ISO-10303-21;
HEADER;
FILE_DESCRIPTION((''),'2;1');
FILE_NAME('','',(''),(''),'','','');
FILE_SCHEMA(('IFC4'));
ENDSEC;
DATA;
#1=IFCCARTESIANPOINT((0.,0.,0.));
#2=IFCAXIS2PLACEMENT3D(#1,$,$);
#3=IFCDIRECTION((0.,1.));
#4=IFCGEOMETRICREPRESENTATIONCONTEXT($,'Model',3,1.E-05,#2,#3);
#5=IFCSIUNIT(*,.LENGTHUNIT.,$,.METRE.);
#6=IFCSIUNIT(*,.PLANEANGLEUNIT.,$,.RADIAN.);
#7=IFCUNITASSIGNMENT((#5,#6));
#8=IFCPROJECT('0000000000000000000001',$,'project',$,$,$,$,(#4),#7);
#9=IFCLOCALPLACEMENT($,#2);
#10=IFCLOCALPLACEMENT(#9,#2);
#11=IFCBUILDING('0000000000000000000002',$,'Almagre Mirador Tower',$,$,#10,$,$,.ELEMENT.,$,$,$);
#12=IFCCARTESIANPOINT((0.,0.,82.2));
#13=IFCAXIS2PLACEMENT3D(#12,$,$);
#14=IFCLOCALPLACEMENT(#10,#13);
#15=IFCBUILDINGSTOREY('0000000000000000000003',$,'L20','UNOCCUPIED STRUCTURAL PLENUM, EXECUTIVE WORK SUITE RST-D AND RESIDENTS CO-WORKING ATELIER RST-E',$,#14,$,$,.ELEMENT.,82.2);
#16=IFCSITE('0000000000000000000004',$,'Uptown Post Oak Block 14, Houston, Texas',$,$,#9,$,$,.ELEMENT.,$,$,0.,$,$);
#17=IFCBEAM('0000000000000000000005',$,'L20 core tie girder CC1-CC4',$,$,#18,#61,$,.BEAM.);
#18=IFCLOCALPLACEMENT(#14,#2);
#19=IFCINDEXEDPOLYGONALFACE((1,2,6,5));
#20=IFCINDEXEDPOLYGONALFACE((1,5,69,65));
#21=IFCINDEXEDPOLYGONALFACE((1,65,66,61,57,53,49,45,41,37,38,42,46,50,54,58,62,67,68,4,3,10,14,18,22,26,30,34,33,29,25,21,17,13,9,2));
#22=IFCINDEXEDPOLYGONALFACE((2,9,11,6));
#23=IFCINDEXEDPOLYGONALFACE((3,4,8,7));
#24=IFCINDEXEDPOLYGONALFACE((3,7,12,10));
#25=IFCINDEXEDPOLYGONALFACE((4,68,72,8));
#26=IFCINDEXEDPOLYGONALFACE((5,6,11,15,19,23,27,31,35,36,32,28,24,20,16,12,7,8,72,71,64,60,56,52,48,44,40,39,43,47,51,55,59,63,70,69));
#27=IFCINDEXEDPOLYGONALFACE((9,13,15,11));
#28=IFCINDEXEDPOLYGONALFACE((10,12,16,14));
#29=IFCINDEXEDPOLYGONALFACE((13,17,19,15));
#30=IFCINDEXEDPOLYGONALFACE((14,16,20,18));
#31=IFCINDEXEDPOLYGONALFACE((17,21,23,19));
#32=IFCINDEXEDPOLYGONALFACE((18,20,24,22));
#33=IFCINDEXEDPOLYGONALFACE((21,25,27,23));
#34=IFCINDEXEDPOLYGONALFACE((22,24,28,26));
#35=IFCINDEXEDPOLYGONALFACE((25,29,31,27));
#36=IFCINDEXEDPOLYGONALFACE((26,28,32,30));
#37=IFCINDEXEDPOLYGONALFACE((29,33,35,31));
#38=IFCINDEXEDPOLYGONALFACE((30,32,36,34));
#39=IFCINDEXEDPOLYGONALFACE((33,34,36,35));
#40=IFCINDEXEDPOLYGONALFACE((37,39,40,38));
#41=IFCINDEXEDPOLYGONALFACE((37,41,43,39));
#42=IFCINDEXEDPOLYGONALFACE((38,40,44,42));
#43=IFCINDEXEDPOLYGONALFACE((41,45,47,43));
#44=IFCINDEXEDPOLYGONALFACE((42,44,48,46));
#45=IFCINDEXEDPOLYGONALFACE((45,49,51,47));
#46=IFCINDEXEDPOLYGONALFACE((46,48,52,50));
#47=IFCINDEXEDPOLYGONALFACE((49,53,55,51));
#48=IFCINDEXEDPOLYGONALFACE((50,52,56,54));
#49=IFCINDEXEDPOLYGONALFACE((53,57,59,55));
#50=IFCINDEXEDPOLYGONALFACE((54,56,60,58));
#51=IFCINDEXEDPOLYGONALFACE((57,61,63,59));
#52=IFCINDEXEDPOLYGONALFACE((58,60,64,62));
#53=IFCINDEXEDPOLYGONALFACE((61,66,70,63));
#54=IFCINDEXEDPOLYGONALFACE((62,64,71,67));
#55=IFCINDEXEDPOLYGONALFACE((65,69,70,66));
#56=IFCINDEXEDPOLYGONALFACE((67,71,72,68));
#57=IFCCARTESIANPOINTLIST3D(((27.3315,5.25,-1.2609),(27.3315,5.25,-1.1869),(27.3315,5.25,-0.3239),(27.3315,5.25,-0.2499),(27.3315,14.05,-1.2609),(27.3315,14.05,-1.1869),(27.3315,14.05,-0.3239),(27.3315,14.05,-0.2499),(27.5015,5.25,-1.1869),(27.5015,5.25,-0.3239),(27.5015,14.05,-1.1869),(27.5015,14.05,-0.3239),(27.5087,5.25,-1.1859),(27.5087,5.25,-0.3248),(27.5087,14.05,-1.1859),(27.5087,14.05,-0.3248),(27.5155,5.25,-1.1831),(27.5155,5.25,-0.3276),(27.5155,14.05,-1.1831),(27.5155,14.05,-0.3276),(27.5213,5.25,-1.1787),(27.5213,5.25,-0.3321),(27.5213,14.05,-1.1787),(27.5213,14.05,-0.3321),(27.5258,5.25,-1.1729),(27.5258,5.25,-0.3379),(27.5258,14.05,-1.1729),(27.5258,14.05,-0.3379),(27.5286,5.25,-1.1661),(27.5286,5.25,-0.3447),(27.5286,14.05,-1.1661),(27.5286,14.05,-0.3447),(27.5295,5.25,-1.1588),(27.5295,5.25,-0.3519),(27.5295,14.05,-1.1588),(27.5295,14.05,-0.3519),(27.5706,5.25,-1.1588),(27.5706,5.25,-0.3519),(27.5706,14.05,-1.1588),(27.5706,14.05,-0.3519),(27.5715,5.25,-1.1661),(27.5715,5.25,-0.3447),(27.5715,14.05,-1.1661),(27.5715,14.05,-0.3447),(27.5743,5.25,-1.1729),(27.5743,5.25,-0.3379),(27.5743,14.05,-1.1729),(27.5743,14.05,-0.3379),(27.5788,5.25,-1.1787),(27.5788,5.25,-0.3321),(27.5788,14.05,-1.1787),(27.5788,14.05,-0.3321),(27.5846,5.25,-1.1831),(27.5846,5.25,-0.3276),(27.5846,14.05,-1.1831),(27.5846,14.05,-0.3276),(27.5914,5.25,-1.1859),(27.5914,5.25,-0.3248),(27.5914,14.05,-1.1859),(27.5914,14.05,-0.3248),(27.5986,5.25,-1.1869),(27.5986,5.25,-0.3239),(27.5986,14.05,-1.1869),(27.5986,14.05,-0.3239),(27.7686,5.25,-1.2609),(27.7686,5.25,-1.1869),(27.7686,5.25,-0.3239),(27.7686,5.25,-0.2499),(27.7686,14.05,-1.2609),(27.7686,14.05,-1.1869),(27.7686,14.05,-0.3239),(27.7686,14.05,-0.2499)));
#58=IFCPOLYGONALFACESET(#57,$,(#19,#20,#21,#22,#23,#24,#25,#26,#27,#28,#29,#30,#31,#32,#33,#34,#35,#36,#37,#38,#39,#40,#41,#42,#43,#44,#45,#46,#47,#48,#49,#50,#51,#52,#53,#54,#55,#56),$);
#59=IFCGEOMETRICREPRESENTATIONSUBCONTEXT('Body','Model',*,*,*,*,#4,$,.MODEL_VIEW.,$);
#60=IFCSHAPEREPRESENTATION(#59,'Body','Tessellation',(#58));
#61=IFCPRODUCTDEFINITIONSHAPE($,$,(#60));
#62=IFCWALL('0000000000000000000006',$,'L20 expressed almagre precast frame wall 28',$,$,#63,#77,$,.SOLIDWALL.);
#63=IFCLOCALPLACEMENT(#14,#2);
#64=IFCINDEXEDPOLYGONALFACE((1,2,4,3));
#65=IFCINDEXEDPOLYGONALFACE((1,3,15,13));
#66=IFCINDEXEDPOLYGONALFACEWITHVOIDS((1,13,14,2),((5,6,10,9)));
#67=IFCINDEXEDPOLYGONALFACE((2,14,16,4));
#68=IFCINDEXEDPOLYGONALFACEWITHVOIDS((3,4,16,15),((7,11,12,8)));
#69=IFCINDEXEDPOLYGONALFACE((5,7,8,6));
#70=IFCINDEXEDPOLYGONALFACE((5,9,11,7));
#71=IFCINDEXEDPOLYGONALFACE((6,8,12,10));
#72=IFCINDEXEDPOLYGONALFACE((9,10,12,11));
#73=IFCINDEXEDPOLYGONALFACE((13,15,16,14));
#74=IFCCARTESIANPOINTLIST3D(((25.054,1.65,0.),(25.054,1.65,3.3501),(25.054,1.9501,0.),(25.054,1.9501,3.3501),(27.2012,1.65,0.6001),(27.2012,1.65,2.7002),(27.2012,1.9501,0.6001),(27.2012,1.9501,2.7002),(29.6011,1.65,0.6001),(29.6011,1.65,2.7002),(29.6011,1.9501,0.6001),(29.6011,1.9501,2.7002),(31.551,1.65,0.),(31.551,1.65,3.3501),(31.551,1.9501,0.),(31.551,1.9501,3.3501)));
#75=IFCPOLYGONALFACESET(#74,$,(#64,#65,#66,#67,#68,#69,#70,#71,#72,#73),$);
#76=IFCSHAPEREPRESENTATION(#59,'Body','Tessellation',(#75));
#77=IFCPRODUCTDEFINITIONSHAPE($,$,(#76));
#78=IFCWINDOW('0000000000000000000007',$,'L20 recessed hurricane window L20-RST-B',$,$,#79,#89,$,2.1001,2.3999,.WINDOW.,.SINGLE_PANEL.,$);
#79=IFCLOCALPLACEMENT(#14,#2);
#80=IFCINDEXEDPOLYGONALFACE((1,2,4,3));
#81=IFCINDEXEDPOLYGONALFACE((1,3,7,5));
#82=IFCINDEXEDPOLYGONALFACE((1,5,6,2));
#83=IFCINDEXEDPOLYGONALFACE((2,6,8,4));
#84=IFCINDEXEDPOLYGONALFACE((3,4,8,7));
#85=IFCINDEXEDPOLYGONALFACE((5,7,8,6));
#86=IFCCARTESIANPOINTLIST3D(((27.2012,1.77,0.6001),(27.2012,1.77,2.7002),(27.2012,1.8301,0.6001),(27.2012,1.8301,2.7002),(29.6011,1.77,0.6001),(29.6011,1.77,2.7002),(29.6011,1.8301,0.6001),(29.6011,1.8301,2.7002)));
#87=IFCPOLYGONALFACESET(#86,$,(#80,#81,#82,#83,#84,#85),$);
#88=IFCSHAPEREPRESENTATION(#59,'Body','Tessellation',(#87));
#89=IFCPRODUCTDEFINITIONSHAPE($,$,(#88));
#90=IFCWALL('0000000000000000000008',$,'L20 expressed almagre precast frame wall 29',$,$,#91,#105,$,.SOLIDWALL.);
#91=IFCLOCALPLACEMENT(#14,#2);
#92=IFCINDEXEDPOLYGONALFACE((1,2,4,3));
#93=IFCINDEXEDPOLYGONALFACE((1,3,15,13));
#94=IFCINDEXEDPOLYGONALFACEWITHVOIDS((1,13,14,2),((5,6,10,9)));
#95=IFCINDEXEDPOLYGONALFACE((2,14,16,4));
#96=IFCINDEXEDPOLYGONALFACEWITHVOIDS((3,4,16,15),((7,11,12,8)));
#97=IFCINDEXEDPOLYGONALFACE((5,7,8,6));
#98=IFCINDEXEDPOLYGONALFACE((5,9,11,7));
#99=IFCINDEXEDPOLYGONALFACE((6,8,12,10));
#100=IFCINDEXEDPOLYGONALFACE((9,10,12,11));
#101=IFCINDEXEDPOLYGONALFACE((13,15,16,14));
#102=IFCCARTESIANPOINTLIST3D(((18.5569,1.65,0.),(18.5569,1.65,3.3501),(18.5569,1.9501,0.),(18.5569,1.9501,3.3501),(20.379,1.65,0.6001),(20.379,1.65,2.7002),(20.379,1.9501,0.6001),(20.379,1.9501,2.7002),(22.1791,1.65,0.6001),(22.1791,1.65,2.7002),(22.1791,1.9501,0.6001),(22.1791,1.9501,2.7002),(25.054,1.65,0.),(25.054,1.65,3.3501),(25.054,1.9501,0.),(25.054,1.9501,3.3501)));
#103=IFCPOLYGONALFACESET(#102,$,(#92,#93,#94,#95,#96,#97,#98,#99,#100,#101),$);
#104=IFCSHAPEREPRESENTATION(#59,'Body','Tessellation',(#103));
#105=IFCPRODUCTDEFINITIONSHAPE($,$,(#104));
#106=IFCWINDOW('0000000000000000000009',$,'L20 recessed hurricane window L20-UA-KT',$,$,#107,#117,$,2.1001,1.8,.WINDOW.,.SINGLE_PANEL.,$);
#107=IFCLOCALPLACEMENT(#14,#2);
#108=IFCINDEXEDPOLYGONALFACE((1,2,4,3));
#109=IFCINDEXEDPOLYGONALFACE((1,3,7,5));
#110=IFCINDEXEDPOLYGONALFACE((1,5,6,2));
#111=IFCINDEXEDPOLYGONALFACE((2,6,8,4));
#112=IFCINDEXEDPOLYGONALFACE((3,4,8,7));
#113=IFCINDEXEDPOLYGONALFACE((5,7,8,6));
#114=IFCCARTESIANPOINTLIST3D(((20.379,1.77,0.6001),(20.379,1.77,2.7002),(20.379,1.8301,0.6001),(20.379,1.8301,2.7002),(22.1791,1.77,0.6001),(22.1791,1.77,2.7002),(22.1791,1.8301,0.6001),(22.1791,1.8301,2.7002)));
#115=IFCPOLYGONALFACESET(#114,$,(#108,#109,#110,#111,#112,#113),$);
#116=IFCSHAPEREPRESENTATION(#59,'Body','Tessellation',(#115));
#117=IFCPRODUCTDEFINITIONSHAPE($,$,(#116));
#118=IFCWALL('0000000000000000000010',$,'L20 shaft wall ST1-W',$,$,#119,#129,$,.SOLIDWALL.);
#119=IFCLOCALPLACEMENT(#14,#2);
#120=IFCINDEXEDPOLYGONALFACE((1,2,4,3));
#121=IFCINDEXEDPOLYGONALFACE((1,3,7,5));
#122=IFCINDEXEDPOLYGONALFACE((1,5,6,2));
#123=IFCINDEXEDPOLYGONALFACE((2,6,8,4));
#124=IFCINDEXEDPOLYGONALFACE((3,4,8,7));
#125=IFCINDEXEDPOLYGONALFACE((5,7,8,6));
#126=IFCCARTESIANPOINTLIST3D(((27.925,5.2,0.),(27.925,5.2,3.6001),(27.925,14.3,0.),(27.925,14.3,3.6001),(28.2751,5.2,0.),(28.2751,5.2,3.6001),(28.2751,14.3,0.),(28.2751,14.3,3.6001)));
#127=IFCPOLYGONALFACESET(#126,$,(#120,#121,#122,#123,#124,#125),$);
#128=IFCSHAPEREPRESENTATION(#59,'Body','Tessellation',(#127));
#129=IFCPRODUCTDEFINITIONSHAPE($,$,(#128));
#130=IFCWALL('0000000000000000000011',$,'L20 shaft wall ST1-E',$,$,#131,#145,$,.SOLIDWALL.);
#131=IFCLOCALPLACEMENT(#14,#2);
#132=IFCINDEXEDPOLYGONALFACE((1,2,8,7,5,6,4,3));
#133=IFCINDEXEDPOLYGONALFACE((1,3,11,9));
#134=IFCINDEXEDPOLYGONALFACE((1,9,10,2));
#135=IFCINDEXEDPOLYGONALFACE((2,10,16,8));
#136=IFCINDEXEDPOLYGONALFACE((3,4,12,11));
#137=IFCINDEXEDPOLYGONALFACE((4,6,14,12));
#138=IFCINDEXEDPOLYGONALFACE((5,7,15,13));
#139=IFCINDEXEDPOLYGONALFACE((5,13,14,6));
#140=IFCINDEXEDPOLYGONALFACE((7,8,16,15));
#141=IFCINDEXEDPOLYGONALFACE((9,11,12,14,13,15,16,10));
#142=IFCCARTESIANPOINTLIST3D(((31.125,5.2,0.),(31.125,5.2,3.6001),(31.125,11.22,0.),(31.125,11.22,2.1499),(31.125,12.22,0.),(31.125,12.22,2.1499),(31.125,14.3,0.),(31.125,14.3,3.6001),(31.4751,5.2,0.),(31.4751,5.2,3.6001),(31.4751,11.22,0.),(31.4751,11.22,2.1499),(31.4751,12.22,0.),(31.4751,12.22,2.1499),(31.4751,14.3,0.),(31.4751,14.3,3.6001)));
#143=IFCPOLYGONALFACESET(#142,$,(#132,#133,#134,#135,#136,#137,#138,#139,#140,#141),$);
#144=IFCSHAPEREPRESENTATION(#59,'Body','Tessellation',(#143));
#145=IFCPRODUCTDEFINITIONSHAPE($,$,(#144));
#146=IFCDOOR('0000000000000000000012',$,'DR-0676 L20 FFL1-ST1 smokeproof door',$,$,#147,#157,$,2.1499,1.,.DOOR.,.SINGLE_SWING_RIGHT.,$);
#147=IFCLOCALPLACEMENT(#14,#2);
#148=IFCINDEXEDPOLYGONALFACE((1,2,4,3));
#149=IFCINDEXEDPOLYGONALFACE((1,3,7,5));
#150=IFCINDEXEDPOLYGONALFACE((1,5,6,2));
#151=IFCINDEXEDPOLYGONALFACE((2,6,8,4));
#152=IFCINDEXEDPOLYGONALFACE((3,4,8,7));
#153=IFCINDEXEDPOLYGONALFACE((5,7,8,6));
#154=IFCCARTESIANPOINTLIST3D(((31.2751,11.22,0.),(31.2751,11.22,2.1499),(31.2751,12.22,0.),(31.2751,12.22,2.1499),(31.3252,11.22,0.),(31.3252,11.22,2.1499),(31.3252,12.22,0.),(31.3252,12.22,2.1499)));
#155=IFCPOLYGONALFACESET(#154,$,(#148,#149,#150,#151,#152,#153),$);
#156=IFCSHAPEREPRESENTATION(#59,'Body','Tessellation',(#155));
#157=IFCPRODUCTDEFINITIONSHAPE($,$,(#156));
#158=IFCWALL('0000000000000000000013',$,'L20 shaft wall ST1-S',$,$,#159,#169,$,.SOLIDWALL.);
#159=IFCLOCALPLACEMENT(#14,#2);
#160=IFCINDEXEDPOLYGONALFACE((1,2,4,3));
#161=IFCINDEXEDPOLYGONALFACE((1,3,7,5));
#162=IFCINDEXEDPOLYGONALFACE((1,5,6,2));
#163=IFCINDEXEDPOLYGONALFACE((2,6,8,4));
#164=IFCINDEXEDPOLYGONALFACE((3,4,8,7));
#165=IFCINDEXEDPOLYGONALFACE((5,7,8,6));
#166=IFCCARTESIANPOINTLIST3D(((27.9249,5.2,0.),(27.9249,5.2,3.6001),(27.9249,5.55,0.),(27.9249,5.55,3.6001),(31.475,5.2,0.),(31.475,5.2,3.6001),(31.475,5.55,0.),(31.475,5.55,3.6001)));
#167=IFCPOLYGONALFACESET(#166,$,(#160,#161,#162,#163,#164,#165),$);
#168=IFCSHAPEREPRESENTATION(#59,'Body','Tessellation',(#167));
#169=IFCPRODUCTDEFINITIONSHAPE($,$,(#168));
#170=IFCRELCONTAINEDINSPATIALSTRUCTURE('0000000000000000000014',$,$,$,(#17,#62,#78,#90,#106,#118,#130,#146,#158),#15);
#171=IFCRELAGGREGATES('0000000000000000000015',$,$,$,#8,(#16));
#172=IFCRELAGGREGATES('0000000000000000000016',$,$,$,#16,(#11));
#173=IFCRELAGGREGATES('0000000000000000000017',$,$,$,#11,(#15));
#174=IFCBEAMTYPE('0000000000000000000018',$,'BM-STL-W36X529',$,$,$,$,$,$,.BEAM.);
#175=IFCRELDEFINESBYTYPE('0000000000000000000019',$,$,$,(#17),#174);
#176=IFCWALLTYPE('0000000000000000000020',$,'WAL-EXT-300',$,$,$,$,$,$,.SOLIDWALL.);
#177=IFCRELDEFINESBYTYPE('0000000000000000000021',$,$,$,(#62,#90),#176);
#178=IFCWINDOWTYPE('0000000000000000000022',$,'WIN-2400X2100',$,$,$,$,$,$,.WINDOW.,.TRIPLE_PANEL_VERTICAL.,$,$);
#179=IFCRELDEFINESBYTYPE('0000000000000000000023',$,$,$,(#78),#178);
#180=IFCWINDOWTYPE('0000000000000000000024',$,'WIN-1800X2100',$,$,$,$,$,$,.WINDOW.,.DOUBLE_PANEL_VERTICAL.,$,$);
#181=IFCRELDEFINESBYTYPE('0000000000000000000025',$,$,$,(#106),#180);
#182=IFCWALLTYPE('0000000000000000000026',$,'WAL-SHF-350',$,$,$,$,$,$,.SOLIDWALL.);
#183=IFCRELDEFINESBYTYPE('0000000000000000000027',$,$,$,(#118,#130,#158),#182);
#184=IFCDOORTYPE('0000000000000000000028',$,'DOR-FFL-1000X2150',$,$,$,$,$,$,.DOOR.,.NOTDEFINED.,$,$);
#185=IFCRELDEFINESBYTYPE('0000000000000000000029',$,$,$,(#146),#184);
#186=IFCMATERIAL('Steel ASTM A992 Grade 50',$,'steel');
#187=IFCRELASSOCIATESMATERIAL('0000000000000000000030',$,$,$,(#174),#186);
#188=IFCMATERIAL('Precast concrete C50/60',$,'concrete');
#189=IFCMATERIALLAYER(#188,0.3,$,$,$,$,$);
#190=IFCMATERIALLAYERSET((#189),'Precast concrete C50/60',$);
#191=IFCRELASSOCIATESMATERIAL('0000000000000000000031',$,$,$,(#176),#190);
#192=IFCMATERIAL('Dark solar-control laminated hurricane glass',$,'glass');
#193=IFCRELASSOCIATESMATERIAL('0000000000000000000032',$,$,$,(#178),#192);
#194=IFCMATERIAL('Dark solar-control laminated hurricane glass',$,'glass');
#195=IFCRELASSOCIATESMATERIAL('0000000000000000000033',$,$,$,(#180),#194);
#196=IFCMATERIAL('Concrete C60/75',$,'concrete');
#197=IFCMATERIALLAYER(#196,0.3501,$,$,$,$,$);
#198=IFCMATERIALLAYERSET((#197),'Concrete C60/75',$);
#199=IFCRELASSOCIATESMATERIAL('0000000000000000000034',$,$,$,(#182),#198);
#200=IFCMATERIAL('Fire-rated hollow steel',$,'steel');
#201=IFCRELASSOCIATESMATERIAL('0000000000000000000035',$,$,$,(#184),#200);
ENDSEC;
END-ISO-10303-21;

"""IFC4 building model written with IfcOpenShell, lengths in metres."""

from ifc_helpers import new_model, si_unit, direction, frame, frame_2d, origin, origin_2d, place, context, subcontext, project, spatial, rectangle, i_section, extrude, material, layer, layer_set, material_profile, profile_set, type_object, element, fill, save


model = new_model("IFC4")

# Units and contexts
model_context = context("Model", 3, precision=1e-05, world=origin(), true_north=direction((0.0, 1.0)))
body_context = subcontext(model_context, "Body", "Model", "MODEL_VIEW")
ifc_project = project(units=[si_unit("LENGTHUNIT", "METRE"), si_unit("PLANEANGLEUNIT", "RADIAN")], contexts=[model_context])

# Site, building, storey
site_placement = place(None, origin())
site = spatial("IfcSite", under=ifc_project, at=site_placement, Name="Uptown Post Oak Block 14, Houston, Texas", CompositionType="ELEMENT", RefElevation=0.0)
building_placement = place(site_placement, origin())
building = spatial("IfcBuilding", under=site, at=building_placement, Name="Almagre Mirador Tower", CompositionType="ELEMENT")
storey_placement = place(building_placement, frame((0.0, 0.0, 82.2)))
storey = spatial("IfcBuildingStorey", under=building, at=storey_placement, Name="L20", Description="UNOCCUPIED STRUCTURAL PLENUM, EXECUTIVE WORK SUITE RST-D AND RESIDENTS CO-WORKING ATELIER RST-E", CompositionType="ELEMENT", Elevation=82.2)

# Beam
ifc_material_1 = material(Name="Steel ASTM A992 Grade 50", Category="steel")
ifc_material_profile_1 = material_profile(ifc_material_1, i_section(OverallWidth=0.437, OverallDepth=1.011, WebThickness=0.041, FlangeThickness=0.074, FilletRadius=0.0281, at=origin_2d()), Name="W36X529")
ifc_profile_set_1 = profile_set([ifc_material_profile_1], Name="Steel ASTM A992 Grade 50")
beam_type_1 = type_object("IfcBeamType", Name="BM-STL-W36X529", PredefinedType="BEAM", material=ifc_profile_set_1)
beam_1_placement = place(storey_placement, frame((27.55, 5.25, -0.7554), z_axis=(0.0, 1.0, 0.0), x_axis=(-1.0, 0.0, 0.0)))
element("IfcBeam", 1, at=beam_1_placement, inside=storey, type_object=beam_type_1, Name="L20 core tie girder CC1-CC4", PredefinedType="BEAM", context=body_context, shape_type="SweptSolid", body=[
    extrude(i_section(OverallWidth=0.437, OverallDepth=1.011, WebThickness=0.041, FlangeThickness=0.074, FilletRadius=0.0281, at=origin_2d()), origin(), (0.0, 0.0, 1.0), 8.8),
])

# Walls, openings, windows
ifc_material_2 = material(Name="Precast concrete C50/60", Category="concrete")
ifc_layer_1 = layer(ifc_material_2, 0.3)
ifc_layer_set_1 = layer_set([ifc_layer_1], Name="Precast concrete C50/60")
wall_type_1 = type_object("IfcWallType", Name="WAL-EXT-300", PredefinedType="SOLIDWALL", material=ifc_layer_set_1)
wall_1_placement = place(storey_placement, frame((31.551, 1.8, 0.0), z_axis=(0.0, 0.0, 1.0), x_axis=(-1.0, 0.0, 0.0)))
wall_1 = element("IfcWall", 2, at=wall_1_placement, inside=storey, type_object=wall_type_1, Name="L20 expressed almagre precast frame wall 28", PredefinedType="SOLIDWALL", context=body_context, shape_type="SweptSolid", body=[
    extrude(rectangle(XDim=6.4971, YDim=0.3, at=frame_2d((3.2485, 0.0))), origin(), (0.0, 0.0, 1.0), 3.3501),
])
opening_1_placement = place(wall_1_placement, frame((1.95, 0.0, 0.6001)))
opening_1 = element("IfcOpeningElement", 3, at=opening_1_placement, cuts=wall_1, PredefinedType="OPENING", context=body_context, shape_type="SweptSolid", body=[
    extrude(rectangle(XDim=2.3999, YDim=2.1001, at=frame_2d((1.2, 1.05))), frame((0.0, 0.1599, 0.0), z_axis=(0.0, -1.0, 0.0), x_axis=(1.0, 0.0, 0.0)), (0.0, 0.0, 1.0), 0.32),
])
ifc_material_3 = material(Name="Dark solar-control laminated hurricane glass", Category="glass")
window_type_1 = type_object("IfcWindowType", Name="WIN-2400X2100", PartitioningType="TRIPLE_PANEL_VERTICAL", PredefinedType="WINDOW", material=ifc_material_3)
window_1_placement = place(opening_1_placement, origin())
window_1 = element("IfcWindow", 4, at=window_1_placement, inside=storey, type_object=window_type_1, Name="L20 recessed hurricane window L20-RST-B", OverallHeight=2.1001, OverallWidth=2.3999, PartitioningType="SINGLE_PANEL", PredefinedType="WINDOW", context=body_context, shape_type="SweptSolid", body=[
    extrude(rectangle(XDim=2.3999, YDim=2.1001, at=frame_2d((1.2, 1.05))), frame((0.0, 0.03, 0.0), z_axis=(0.0, -1.0, 0.0), x_axis=(1.0, 0.0, 0.0)), (0.0, 0.0, 1.0), 0.0601),
])
fill(opening_1, window_1)
wall_2_placement = place(storey_placement, frame((25.054, 1.8, 0.0), z_axis=(0.0, 0.0, 1.0), x_axis=(-1.0, 0.0, 0.0)))
wall_2 = element("IfcWall", 5, at=wall_2_placement, inside=storey, type_object=wall_type_1, Name="L20 expressed almagre precast frame wall 29", PredefinedType="SOLIDWALL", context=body_context, shape_type="SweptSolid", body=[
    extrude(rectangle(XDim=6.4971, YDim=0.3, at=frame_2d((3.2485, 0.0))), origin(), (0.0, 0.0, 1.0), 3.3501),
])
opening_2_placement = place(wall_2_placement, frame((2.875, 0.0, 0.6001)))
opening_2 = element("IfcOpeningElement", 6, at=opening_2_placement, cuts=wall_2, PredefinedType="OPENING", context=body_context, shape_type="SweptSolid", body=[
    extrude(rectangle(XDim=1.8, YDim=2.1001, at=frame_2d((0.8999, 1.05))), frame((0.0, 0.1599, 0.0), z_axis=(0.0, -1.0, 0.0), x_axis=(1.0, 0.0, 0.0)), (0.0, 0.0, 1.0), 0.32),
])
ifc_material_4 = material(Name="Dark solar-control laminated hurricane glass", Category="glass")
window_type_2 = type_object("IfcWindowType", Name="WIN-1800X2100", PartitioningType="DOUBLE_PANEL_VERTICAL", PredefinedType="WINDOW", material=ifc_material_4)
window_2_placement = place(opening_2_placement, origin())
window_2 = element("IfcWindow", 7, at=window_2_placement, inside=storey, type_object=window_type_2, Name="L20 recessed hurricane window L20-UA-KT", OverallHeight=2.1001, OverallWidth=1.8, PartitioningType="SINGLE_PANEL", PredefinedType="WINDOW", context=body_context, shape_type="SweptSolid", body=[
    extrude(rectangle(XDim=1.8, YDim=2.1001, at=frame_2d((0.8999, 1.05))), frame((0.0, 0.03, 0.0), z_axis=(0.0, -1.0, 0.0), x_axis=(1.0, 0.0, 0.0)), (0.0, 0.0, 1.0), 0.0601),
])
fill(opening_2, window_2)

# Wall
ifc_material_5 = material(Name="Concrete C60/75", Category="concrete")
ifc_layer_2 = layer(ifc_material_5, 0.3501)
ifc_layer_set_2 = layer_set([ifc_layer_2], Name="Concrete C60/75")
wall_type_2 = type_object("IfcWallType", Name="WAL-SHF-350", PredefinedType="SOLIDWALL", material=ifc_layer_set_2)
wall_3_placement = place(storey_placement, frame((28.1001, 5.2, 0.0), z_axis=(0.0, 0.0, 1.0), x_axis=(0.0, 1.0, 0.0)))
element("IfcWall", 8, at=wall_3_placement, inside=storey, type_object=wall_type_2, Name="L20 shaft wall ST1-W", PredefinedType="SOLIDWALL", context=body_context, shape_type="SweptSolid", body=[
    extrude(rectangle(XDim=9.1001, YDim=0.3501, at=frame_2d((4.55, 0.0))), origin(), (0.0, 0.0, 1.0), 3.6001),
])

# Wall, opening, door
wall_4_placement = place(storey_placement, frame((31.3, 5.2, 0.0), z_axis=(0.0, 0.0, 1.0), x_axis=(0.0, 1.0, 0.0)))
wall_4 = element("IfcWall", 9, at=wall_4_placement, inside=storey, type_object=wall_type_2, Name="L20 shaft wall ST1-E", PredefinedType="SOLIDWALL", context=body_context, shape_type="SweptSolid", body=[
    extrude(rectangle(XDim=9.1001, YDim=0.3501, at=frame_2d((4.55, 0.0))), origin(), (0.0, 0.0, 1.0), 3.6001),
])
opening_3_placement = place(wall_4_placement, frame((6.02, 0.0, 0.0)))
opening_3 = element("IfcOpeningElement", 10, at=opening_3_placement, cuts=wall_4, PredefinedType="OPENING", context=body_context, shape_type="SweptSolid", body=[
    extrude(rectangle(XDim=1.0, YDim=2.1499, at=frame_2d((0.5, 1.075))), frame((0.0, 0.185, 0.0), z_axis=(0.0, -1.0, 0.0), x_axis=(1.0, 0.0, 0.0)), (0.0, 0.0, 1.0), 0.3701),
])
ifc_material_6 = material(Name="Fire-rated hollow steel", Category="steel")
door_type = type_object("IfcDoorType", Name="DOR-FFL-1000X2150", OperationType="NOTDEFINED", PredefinedType="DOOR", material=ifc_material_6)
door_placement = place(opening_3_placement, origin())
door = element("IfcDoor", 11, at=door_placement, inside=storey, type_object=door_type, Name="DR-0676 L20 FFL1-ST1 smokeproof door", OperationType="SINGLE_SWING_RIGHT", OverallHeight=2.1499, OverallWidth=1.0, PredefinedType="DOOR", context=body_context, shape_type="SweptSolid", body=[
    extrude(rectangle(XDim=1.0, YDim=2.1499, at=frame_2d((0.5, 1.075))), frame((0.0, 0.0249, 0.0), z_axis=(0.0, -1.0, 0.0), x_axis=(1.0, 0.0, 0.0)), (0.0, 0.0, 1.0), 0.05),
])
fill(opening_3, door)

# Wall
wall_5_placement = place(storey_placement, frame((27.925, 5.375, 0.0), z_axis=(0.0, 0.0, 1.0), x_axis=(1.0, 0.0, 0.0)))
element("IfcWall", 12, at=wall_5_placement, inside=storey, type_object=wall_type_2, Name="L20 shaft wall ST1-S", PredefinedType="SOLIDWALL", context=body_context, shape_type="SweptSolid", body=[
    extrude(rectangle(XDim=3.55, YDim=0.3501, at=frame_2d((1.7749, 0.0))), origin(), (0.0, 0.0, 1.0), 3.6001),
])

save(model, "model.ifc")
